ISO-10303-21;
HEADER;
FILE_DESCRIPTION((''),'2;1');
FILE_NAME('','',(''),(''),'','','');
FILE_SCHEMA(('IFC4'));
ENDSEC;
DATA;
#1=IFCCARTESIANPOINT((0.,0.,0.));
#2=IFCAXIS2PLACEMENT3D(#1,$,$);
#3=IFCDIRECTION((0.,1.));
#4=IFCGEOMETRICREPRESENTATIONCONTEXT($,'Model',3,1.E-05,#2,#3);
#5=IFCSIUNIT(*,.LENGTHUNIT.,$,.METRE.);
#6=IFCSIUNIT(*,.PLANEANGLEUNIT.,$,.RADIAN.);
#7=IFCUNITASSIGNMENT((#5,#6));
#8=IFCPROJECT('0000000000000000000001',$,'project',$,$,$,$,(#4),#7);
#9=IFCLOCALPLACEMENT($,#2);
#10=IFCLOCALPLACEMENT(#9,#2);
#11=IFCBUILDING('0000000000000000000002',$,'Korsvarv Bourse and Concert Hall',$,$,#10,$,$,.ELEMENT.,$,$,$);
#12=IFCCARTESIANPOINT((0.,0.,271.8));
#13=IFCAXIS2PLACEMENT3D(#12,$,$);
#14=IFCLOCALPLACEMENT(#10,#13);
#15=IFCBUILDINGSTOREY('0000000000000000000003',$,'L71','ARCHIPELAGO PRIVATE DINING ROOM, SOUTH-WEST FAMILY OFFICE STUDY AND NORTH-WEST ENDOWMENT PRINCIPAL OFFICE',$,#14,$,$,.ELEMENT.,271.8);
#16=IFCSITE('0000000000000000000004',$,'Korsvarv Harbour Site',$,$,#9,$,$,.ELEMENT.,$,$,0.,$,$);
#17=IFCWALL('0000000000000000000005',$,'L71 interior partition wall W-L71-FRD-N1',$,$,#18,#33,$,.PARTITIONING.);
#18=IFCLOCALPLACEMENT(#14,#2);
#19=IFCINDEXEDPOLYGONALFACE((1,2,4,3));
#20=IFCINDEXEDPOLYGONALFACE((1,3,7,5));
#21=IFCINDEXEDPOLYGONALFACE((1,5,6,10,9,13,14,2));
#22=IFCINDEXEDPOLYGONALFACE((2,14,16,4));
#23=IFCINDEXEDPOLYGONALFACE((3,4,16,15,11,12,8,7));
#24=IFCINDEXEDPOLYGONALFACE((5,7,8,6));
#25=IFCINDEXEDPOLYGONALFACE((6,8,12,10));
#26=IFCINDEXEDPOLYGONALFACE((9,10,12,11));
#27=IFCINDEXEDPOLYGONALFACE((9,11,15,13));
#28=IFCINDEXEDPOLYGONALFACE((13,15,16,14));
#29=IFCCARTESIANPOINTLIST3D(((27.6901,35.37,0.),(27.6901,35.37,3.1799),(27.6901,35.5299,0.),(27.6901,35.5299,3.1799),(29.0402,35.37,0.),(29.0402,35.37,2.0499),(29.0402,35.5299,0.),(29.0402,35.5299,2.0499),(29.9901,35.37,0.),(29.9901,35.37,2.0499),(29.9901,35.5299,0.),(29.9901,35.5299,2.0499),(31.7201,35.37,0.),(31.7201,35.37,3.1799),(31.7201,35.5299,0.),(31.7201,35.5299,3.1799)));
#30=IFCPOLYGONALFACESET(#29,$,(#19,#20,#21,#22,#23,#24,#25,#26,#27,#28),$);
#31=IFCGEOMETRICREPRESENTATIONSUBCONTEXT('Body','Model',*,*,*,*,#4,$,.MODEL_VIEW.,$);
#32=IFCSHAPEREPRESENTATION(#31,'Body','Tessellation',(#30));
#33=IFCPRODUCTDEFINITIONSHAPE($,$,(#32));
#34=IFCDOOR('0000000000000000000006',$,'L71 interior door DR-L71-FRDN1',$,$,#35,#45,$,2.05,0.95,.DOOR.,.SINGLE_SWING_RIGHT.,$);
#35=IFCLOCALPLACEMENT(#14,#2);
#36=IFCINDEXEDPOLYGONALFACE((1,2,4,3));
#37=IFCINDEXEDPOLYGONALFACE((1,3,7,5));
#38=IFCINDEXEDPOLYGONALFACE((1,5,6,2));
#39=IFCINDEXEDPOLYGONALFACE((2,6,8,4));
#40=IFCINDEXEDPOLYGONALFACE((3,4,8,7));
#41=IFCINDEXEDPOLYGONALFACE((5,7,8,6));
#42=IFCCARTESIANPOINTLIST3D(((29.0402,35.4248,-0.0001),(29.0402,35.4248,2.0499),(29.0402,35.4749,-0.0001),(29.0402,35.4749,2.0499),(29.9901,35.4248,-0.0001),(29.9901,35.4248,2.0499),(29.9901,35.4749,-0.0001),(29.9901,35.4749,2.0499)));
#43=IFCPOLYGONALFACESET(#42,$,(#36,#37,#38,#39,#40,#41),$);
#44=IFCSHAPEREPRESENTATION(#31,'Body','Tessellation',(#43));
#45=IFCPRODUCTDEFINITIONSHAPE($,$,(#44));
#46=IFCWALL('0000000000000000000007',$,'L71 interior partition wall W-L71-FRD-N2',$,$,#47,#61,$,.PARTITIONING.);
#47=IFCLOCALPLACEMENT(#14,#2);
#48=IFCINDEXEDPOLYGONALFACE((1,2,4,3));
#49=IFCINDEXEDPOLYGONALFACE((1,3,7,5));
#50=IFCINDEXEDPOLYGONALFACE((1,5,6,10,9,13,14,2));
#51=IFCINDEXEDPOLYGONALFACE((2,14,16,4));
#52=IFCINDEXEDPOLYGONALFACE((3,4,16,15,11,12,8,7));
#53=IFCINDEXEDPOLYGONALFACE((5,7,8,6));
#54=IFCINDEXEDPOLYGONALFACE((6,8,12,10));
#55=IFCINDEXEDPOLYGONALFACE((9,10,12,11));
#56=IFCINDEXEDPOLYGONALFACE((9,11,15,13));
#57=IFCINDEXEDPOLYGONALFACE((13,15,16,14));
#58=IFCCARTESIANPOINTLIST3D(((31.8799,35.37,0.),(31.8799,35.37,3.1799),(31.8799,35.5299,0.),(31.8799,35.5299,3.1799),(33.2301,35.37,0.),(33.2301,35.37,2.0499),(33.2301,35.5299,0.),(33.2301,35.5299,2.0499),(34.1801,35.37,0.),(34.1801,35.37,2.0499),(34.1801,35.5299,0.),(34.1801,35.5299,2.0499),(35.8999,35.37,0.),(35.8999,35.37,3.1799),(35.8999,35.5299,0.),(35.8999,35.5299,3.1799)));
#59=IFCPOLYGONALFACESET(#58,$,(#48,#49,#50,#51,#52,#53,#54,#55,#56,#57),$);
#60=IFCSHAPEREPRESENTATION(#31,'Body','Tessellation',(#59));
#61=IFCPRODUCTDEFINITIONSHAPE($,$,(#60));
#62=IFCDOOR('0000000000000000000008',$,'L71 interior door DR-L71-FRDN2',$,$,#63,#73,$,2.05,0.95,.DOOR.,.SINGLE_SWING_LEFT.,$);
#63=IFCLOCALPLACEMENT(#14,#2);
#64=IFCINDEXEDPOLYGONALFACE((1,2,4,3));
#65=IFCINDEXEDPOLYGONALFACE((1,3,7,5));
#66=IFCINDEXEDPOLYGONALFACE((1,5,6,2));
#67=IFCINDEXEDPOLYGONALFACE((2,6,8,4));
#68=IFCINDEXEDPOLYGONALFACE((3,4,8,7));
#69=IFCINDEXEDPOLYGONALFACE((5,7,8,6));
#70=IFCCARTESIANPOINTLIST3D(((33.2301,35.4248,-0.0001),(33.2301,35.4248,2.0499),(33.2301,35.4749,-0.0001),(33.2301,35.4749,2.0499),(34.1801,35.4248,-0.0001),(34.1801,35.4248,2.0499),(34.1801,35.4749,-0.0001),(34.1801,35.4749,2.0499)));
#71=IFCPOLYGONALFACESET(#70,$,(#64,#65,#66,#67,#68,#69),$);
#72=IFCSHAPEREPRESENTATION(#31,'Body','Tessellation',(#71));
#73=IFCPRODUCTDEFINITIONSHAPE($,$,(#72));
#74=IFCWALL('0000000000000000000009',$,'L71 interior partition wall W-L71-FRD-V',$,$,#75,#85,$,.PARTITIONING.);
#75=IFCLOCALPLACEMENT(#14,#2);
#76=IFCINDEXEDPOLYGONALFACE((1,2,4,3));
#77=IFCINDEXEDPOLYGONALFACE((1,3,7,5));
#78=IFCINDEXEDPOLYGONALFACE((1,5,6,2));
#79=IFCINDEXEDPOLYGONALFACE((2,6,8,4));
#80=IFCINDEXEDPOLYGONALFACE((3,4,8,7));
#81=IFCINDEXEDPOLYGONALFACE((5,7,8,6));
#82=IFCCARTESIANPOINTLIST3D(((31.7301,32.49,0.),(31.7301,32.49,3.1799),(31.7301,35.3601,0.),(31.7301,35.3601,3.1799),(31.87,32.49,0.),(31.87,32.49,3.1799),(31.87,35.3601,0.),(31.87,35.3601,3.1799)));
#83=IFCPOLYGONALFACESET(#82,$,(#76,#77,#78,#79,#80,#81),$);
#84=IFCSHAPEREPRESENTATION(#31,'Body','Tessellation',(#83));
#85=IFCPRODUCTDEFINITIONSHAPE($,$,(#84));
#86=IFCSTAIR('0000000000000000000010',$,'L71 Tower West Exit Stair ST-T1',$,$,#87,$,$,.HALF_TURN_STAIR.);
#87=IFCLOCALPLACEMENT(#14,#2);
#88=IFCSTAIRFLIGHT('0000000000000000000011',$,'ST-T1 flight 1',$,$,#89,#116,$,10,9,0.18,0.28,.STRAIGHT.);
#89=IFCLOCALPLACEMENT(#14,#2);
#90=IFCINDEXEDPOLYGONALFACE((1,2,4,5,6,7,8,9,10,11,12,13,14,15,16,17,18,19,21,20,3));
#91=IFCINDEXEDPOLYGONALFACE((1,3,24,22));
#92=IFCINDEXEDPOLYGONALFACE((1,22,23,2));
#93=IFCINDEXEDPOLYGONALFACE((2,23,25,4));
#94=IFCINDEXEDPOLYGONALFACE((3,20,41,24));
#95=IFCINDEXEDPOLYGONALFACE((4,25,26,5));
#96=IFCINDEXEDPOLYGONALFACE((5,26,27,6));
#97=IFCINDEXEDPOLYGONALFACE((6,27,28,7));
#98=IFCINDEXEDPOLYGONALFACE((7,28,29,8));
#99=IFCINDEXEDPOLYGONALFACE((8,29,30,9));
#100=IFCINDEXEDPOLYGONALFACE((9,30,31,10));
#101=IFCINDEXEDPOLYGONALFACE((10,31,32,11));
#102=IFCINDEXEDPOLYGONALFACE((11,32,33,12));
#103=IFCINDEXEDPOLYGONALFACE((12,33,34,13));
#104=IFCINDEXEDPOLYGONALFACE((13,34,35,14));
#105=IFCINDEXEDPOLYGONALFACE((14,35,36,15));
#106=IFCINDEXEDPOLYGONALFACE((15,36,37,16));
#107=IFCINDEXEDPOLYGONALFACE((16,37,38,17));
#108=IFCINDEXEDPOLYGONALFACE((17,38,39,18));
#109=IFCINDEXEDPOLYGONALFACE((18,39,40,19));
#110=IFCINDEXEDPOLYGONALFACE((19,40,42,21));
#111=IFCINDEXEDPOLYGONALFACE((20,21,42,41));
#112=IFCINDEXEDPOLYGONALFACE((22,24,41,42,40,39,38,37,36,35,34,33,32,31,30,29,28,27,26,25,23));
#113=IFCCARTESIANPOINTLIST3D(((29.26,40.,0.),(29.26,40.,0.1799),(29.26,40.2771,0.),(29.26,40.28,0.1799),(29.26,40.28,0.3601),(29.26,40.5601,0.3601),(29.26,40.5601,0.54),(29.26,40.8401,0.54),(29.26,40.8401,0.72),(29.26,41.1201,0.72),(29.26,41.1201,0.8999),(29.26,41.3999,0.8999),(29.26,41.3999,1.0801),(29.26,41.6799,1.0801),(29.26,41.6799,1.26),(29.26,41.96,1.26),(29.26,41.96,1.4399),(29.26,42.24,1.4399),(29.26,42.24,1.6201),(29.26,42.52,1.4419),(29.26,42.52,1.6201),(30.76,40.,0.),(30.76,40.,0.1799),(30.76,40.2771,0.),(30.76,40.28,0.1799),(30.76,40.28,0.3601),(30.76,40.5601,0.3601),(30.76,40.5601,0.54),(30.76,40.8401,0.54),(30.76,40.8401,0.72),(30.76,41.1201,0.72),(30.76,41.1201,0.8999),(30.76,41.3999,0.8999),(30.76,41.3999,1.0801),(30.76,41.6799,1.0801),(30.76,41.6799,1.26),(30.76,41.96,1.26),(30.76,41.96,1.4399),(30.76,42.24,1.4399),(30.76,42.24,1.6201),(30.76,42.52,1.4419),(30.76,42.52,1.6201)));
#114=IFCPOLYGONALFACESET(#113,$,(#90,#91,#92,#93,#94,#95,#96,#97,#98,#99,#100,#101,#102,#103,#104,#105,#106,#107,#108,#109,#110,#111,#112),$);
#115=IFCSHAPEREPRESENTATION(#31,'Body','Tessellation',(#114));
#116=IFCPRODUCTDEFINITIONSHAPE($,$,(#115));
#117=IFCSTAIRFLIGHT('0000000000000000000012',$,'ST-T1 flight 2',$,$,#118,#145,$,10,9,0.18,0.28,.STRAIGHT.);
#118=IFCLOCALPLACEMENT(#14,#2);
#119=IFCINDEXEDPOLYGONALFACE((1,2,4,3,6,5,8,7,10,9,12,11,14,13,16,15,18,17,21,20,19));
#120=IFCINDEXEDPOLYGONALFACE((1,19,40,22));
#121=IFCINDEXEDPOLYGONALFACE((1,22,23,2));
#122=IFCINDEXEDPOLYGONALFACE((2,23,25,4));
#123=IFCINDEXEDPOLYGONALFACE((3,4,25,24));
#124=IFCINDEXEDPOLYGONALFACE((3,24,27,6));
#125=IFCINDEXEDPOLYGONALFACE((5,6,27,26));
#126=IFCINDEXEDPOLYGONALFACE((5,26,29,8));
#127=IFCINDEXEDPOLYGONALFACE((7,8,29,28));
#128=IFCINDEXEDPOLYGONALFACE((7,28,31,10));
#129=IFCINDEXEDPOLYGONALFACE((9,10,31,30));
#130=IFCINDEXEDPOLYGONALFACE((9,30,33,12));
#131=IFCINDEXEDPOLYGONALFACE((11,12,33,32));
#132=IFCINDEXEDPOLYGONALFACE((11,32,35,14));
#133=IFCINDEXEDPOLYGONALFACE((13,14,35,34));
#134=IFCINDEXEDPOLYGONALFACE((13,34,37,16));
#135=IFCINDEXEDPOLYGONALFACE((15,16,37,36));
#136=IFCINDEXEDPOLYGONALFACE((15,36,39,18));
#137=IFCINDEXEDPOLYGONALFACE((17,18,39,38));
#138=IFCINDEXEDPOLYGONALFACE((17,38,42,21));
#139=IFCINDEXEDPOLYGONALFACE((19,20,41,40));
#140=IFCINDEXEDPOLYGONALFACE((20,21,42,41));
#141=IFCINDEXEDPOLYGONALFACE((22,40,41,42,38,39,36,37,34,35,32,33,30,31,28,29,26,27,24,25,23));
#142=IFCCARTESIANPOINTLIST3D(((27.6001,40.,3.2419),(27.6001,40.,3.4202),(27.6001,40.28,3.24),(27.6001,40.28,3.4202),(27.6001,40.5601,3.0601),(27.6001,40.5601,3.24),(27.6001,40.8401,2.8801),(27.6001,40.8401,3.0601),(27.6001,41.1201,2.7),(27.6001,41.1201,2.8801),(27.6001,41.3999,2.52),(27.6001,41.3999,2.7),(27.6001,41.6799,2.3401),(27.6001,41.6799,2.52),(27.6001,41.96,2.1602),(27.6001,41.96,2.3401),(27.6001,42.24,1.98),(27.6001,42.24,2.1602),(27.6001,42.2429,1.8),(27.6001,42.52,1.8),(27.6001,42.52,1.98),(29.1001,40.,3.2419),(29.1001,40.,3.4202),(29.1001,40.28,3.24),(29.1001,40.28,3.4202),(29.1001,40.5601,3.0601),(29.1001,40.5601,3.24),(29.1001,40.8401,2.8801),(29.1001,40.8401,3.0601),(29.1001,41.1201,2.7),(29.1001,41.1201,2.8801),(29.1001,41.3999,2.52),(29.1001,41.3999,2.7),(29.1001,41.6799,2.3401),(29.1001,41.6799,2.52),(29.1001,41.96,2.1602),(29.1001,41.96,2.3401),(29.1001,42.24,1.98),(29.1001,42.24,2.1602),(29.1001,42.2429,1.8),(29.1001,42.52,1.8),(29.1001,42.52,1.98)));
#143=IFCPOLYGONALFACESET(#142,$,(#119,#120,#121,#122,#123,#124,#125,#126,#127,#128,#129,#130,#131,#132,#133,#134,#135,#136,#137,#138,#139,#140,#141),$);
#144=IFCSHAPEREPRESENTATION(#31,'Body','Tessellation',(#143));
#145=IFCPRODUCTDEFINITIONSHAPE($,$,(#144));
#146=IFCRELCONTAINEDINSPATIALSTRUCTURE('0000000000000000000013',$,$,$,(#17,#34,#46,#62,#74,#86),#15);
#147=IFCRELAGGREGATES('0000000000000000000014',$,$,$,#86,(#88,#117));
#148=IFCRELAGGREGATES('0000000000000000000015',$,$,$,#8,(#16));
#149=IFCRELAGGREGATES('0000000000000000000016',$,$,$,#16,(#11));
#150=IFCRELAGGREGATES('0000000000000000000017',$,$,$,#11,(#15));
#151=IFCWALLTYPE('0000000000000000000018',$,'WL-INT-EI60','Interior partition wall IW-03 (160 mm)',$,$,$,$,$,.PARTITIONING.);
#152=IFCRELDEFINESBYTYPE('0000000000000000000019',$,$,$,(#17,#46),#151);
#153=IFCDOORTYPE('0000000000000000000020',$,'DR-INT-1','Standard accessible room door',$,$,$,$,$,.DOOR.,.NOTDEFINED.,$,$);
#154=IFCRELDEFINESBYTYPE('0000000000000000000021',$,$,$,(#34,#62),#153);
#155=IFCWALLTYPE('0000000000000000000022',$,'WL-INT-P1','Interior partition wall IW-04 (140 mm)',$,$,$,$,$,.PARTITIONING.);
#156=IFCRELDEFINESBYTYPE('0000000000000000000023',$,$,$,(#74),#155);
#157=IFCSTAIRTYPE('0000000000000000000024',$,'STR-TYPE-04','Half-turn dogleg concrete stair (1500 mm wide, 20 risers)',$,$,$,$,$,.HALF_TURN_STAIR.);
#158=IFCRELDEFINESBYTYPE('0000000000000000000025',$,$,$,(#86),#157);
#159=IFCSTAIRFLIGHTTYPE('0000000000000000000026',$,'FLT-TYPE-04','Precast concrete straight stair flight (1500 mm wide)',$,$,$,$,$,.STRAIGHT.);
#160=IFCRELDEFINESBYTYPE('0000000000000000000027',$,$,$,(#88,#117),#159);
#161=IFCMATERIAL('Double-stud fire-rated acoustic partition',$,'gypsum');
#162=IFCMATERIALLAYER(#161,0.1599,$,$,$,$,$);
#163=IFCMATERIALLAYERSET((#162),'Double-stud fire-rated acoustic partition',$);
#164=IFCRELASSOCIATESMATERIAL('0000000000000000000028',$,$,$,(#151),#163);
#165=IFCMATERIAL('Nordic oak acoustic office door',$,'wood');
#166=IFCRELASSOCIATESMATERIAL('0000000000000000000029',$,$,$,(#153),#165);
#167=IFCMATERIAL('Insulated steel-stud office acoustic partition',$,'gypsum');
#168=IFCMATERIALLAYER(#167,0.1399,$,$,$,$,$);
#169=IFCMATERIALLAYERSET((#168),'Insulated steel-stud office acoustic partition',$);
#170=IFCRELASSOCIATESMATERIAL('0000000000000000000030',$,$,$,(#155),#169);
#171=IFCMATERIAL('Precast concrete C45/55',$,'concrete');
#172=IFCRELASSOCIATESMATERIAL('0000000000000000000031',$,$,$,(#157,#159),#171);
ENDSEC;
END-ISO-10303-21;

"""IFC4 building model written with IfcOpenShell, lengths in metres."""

from ifc_helpers import new_model, si_unit, direction, frame, frame_2d, origin, place, context, subcontext, project, spatial, polyline, rectangle, outline, extrude, material, layer, layer_set, type_object, element, fill, aggregate, save


model = new_model("IFC4")

# Units and contexts
model_context = context("Model", 3, precision=1e-05, world=origin(), true_north=direction((0.0, 1.0)))
body_context = subcontext(model_context, "Body", "Model", "MODEL_VIEW")
ifc_project = project(units=[si_unit("LENGTHUNIT", "METRE"), si_unit("PLANEANGLEUNIT", "RADIAN")], contexts=[model_context])

# Site, building, storey
site_placement = place(None, origin())
site = spatial("IfcSite", under=ifc_project, at=site_placement, Name="Korsvarv Harbour Site", CompositionType="ELEMENT", RefElevation=0.0)
building_placement = place(site_placement, origin())
building = spatial("IfcBuilding", under=site, at=building_placement, Name="Korsvarv Bourse and Concert Hall", CompositionType="ELEMENT")
storey_placement = place(building_placement, frame((0.0, 0.0, 271.8)))
storey = spatial("IfcBuildingStorey", under=building, at=storey_placement, Name="L71", Description="ARCHIPELAGO PRIVATE DINING ROOM, SOUTH-WEST FAMILY OFFICE STUDY AND NORTH-WEST ENDOWMENT PRINCIPAL OFFICE", CompositionType="ELEMENT", Elevation=271.8)

# Shared definitions
ifc_material_1 = material(Name="Double-stud fire-rated acoustic partition", Category="gypsum")
ifc_layer_1 = layer(ifc_material_1, 0.1599)
ifc_layer_set_1 = layer_set([ifc_layer_1], Name="Double-stud fire-rated acoustic partition")
wall_type_1 = type_object("IfcWallType", Name="WL-INT-EI60", Description="Interior partition wall IW-03 (160 mm)", PredefinedType="PARTITIONING", material=ifc_layer_set_1)

# Walls, openings, doors
wall_1_placement = place(storey_placement, frame((27.6899, 35.45, 0.0), z_axis=(0.0, 0.0, 1.0), x_axis=(1.0, 0.0, 0.0)))
wall_1 = element("IfcWall", 1, at=wall_1_placement, inside=storey, type_object=wall_type_1, Name="L71 interior partition wall W-L71-FRD-N1", PredefinedType="PARTITIONING", context=body_context, shape_type="SweptSolid", body=[
    extrude(rectangle(XDim=4.03, YDim=0.1599, at=frame_2d((2.0151, 0.0))), origin(), (0.0, 0.0, 1.0), 3.1799),
])
opening_1_placement = place(wall_1_placement, frame((1.3501, 0.0, 0.0)))
opening_1 = element("IfcOpeningElement", 2, at=opening_1_placement, cuts=wall_1, PredefinedType="OPENING", context=body_context, shape_type="SweptSolid", body=[
    extrude(rectangle(XDim=0.95, YDim=2.05, at=frame_2d((0.4751, 1.0249))), frame((0.0, 0.0898, 0.0), z_axis=(0.0, -1.0, 0.0), x_axis=(1.0, 0.0, 0.0)), (0.0, 0.0, 1.0), 0.1799),
])
ifc_material_2 = material(Name="Nordic oak acoustic office door", Category="wood")
door_type_1 = type_object("IfcDoorType", Name="DR-INT-1", Description="Standard accessible room door", OperationType="NOTDEFINED", PredefinedType="DOOR", material=ifc_material_2)
door_1_placement = place(opening_1_placement, origin())
door_1 = element("IfcDoor", 3, at=door_1_placement, inside=storey, type_object=door_type_1, Name="L71 interior door DR-L71-FRDN1", OperationType="SINGLE_SWING_RIGHT", OverallHeight=2.05, OverallWidth=0.95, PredefinedType="DOOR", context=body_context, shape_type="SweptSolid", body=[
    extrude(rectangle(XDim=0.95, YDim=2.05, at=frame_2d((0.4751, 1.0249))), frame((0.0, 0.0249, 0.0), z_axis=(0.0, -1.0, 0.0), x_axis=(1.0, 0.0, 0.0)), (0.0, 0.0, 1.0), 0.05),
])
fill(opening_1, door_1)
wall_2_placement = place(storey_placement, frame((31.8799, 35.45, 0.0), z_axis=(0.0, 0.0, 1.0), x_axis=(1.0, 0.0, 0.0)))
wall_2 = element("IfcWall", 4, at=wall_2_placement, inside=storey, type_object=wall_type_1, Name="L71 interior partition wall W-L71-FRD-N2", PredefinedType="PARTITIONING", context=body_context, shape_type="SweptSolid", body=[
    extrude(rectangle(XDim=4.02, YDim=0.1599, at=frame_2d((2.01, 0.0))), origin(), (0.0, 0.0, 1.0), 3.1799),
])
opening_2_placement = place(wall_2_placement, frame((1.3501, 0.0, 0.0)))
opening_2 = element("IfcOpeningElement", 5, at=opening_2_placement, cuts=wall_2, PredefinedType="OPENING", context=body_context, shape_type="SweptSolid", body=[
    extrude(rectangle(XDim=0.95, YDim=2.05, at=frame_2d((0.4751, 1.0249))), frame((0.0, 0.0898, 0.0), z_axis=(0.0, -1.0, 0.0), x_axis=(1.0, 0.0, 0.0)), (0.0, 0.0, 1.0), 0.1799),
])
door_2_placement = place(opening_2_placement, origin())
door_2 = element("IfcDoor", 6, at=door_2_placement, inside=storey, type_object=door_type_1, Name="L71 interior door DR-L71-FRDN2", OperationType="SINGLE_SWING_LEFT", OverallHeight=2.05, OverallWidth=0.95, PredefinedType="DOOR", context=body_context, shape_type="SweptSolid", body=[
    extrude(rectangle(XDim=0.95, YDim=2.05, at=frame_2d((0.4751, 1.0249))), frame((0.0, 0.0249, 0.0), z_axis=(0.0, -1.0, 0.0), x_axis=(1.0, 0.0, 0.0)), (0.0, 0.0, 1.0), 0.05),
])
fill(opening_2, door_2)

# Wall
ifc_material_3 = material(Name="Insulated steel-stud office acoustic partition", Category="gypsum")
ifc_layer_2 = layer(ifc_material_3, 0.1399)
ifc_layer_set_2 = layer_set([ifc_layer_2], Name="Insulated steel-stud office acoustic partition")
wall_type_2 = type_object("IfcWallType", Name="WL-INT-P1", Description="Interior partition wall IW-04 (140 mm)", PredefinedType="PARTITIONING", material=ifc_layer_set_2)
wall_3_placement = place(storey_placement, frame((31.8, 32.49, 0.0), z_axis=(0.0, 0.0, 1.0), x_axis=(0.0, 1.0, 0.0)))
element("IfcWall", 7, at=wall_3_placement, inside=storey, type_object=wall_type_2, Name="L71 interior partition wall W-L71-FRD-V", PredefinedType="PARTITIONING", context=body_context, shape_type="SweptSolid", body=[
    extrude(rectangle(XDim=2.8701, YDim=0.1399, at=frame_2d((1.4351, 0.0))), origin(), (0.0, 0.0, 1.0), 3.1799),
])

# Stair, stair flights
ifc_material_4 = material(Name="Precast concrete C45/55", Category="concrete")
stair_type = type_object("IfcStairType", Name="STR-TYPE-04", Description="Half-turn dogleg concrete stair (1500 mm wide, 20 risers)", PredefinedType="HALF_TURN_STAIR", material=ifc_material_4)
stair_placement = place(storey_placement, origin())
stair = element("IfcStair", 8, at=stair_placement, inside=storey, type_object=stair_type, Name="L71 Tower West Exit Stair ST-T1", PredefinedType="HALF_TURN_STAIR")
stair_flight_type = type_object("IfcStairFlightType", Name="FLT-TYPE-04", Description="Precast concrete straight stair flight (1500 mm wide)", PredefinedType="STRAIGHT", material=ifc_material_4)
stair_flight_1_placement = place(storey_placement, frame((30.01, 40.0, 0.0), z_axis=(0.0, 0.0, 1.0), x_axis=(0.0, 1.0, 0.0)))
stair_flight_1 = element("IfcStairFlight", 9, at=stair_flight_1_placement, type_object=stair_flight_type, Name="ST-T1 flight 1", NumberOfRisers=10, NumberOfTreads=9, PredefinedType="STRAIGHT", RiserHeight=0.18, TreadLength=0.28, context=body_context, shape_type="SweptSolid", body=[
    extrude(outline(polyline([(0.0, 0.0), (0.0, 0.1799), (0.28, 0.1799), (0.28, 0.3601), (0.5601, 0.3601), (0.5601, 0.54), (0.8401, 0.54), (0.8401, 0.72), (1.1201, 0.72), (1.1201, 0.8999), (1.3999, 0.8999), (1.3999, 1.0801), (1.6799, 1.0801), (1.6799, 1.26), (1.96, 1.26), (1.96, 1.4399), (2.24, 1.4399), (2.24, 1.6201), (2.52, 1.6201), (2.52, 1.8), (2.52, 1.4419), (0.2771, 0.0), (0.0, 0.0)])), frame((0.0, 0.75, 0.0), z_axis=(0.0, -1.0, 0.0), x_axis=(1.0, 0.0, 0.0)), (0.0, 0.0, 1.0), 1.5),
])
stair_flight_2_placement = place(storey_placement, frame((28.3501, 42.52, 1.8), z_axis=(0.0, 0.0, 1.0), x_axis=(0.0, -1.0, 0.0)))
stair_flight_2 = element("IfcStairFlight", 10, at=stair_flight_2_placement, type_object=stair_flight_type, Name="ST-T1 flight 2", NumberOfRisers=10, NumberOfTreads=9, PredefinedType="STRAIGHT", RiserHeight=0.18, TreadLength=0.28, context=body_context, shape_type="SweptSolid", body=[
    extrude(outline(polyline([(0.0, 0.0), (0.0, 0.1799), (0.28, 0.1799), (0.28, 0.3601), (0.5601, 0.3601), (0.5601, 0.54), (0.8401, 0.54), (0.8401, 0.72), (1.1201, 0.72), (1.1201, 0.8999), (1.3999, 0.8999), (1.3999, 1.0801), (1.6799, 1.0801), (1.6799, 1.26), (1.96, 1.26), (1.96, 1.4399), (2.24, 1.4399), (2.24, 1.6201), (2.52, 1.6201), (2.52, 1.8), (2.52, 1.4419), (0.2771, 0.0), (0.0, 0.0)])), frame((0.0, 0.75, 0.0), z_axis=(0.0, -1.0, 0.0), x_axis=(1.0, 0.0, 0.0)), (0.0, 0.0, 1.0), 1.5),
])
aggregate(stair, [stair_flight_1, stair_flight_2])

save(model, "model.ifc")
